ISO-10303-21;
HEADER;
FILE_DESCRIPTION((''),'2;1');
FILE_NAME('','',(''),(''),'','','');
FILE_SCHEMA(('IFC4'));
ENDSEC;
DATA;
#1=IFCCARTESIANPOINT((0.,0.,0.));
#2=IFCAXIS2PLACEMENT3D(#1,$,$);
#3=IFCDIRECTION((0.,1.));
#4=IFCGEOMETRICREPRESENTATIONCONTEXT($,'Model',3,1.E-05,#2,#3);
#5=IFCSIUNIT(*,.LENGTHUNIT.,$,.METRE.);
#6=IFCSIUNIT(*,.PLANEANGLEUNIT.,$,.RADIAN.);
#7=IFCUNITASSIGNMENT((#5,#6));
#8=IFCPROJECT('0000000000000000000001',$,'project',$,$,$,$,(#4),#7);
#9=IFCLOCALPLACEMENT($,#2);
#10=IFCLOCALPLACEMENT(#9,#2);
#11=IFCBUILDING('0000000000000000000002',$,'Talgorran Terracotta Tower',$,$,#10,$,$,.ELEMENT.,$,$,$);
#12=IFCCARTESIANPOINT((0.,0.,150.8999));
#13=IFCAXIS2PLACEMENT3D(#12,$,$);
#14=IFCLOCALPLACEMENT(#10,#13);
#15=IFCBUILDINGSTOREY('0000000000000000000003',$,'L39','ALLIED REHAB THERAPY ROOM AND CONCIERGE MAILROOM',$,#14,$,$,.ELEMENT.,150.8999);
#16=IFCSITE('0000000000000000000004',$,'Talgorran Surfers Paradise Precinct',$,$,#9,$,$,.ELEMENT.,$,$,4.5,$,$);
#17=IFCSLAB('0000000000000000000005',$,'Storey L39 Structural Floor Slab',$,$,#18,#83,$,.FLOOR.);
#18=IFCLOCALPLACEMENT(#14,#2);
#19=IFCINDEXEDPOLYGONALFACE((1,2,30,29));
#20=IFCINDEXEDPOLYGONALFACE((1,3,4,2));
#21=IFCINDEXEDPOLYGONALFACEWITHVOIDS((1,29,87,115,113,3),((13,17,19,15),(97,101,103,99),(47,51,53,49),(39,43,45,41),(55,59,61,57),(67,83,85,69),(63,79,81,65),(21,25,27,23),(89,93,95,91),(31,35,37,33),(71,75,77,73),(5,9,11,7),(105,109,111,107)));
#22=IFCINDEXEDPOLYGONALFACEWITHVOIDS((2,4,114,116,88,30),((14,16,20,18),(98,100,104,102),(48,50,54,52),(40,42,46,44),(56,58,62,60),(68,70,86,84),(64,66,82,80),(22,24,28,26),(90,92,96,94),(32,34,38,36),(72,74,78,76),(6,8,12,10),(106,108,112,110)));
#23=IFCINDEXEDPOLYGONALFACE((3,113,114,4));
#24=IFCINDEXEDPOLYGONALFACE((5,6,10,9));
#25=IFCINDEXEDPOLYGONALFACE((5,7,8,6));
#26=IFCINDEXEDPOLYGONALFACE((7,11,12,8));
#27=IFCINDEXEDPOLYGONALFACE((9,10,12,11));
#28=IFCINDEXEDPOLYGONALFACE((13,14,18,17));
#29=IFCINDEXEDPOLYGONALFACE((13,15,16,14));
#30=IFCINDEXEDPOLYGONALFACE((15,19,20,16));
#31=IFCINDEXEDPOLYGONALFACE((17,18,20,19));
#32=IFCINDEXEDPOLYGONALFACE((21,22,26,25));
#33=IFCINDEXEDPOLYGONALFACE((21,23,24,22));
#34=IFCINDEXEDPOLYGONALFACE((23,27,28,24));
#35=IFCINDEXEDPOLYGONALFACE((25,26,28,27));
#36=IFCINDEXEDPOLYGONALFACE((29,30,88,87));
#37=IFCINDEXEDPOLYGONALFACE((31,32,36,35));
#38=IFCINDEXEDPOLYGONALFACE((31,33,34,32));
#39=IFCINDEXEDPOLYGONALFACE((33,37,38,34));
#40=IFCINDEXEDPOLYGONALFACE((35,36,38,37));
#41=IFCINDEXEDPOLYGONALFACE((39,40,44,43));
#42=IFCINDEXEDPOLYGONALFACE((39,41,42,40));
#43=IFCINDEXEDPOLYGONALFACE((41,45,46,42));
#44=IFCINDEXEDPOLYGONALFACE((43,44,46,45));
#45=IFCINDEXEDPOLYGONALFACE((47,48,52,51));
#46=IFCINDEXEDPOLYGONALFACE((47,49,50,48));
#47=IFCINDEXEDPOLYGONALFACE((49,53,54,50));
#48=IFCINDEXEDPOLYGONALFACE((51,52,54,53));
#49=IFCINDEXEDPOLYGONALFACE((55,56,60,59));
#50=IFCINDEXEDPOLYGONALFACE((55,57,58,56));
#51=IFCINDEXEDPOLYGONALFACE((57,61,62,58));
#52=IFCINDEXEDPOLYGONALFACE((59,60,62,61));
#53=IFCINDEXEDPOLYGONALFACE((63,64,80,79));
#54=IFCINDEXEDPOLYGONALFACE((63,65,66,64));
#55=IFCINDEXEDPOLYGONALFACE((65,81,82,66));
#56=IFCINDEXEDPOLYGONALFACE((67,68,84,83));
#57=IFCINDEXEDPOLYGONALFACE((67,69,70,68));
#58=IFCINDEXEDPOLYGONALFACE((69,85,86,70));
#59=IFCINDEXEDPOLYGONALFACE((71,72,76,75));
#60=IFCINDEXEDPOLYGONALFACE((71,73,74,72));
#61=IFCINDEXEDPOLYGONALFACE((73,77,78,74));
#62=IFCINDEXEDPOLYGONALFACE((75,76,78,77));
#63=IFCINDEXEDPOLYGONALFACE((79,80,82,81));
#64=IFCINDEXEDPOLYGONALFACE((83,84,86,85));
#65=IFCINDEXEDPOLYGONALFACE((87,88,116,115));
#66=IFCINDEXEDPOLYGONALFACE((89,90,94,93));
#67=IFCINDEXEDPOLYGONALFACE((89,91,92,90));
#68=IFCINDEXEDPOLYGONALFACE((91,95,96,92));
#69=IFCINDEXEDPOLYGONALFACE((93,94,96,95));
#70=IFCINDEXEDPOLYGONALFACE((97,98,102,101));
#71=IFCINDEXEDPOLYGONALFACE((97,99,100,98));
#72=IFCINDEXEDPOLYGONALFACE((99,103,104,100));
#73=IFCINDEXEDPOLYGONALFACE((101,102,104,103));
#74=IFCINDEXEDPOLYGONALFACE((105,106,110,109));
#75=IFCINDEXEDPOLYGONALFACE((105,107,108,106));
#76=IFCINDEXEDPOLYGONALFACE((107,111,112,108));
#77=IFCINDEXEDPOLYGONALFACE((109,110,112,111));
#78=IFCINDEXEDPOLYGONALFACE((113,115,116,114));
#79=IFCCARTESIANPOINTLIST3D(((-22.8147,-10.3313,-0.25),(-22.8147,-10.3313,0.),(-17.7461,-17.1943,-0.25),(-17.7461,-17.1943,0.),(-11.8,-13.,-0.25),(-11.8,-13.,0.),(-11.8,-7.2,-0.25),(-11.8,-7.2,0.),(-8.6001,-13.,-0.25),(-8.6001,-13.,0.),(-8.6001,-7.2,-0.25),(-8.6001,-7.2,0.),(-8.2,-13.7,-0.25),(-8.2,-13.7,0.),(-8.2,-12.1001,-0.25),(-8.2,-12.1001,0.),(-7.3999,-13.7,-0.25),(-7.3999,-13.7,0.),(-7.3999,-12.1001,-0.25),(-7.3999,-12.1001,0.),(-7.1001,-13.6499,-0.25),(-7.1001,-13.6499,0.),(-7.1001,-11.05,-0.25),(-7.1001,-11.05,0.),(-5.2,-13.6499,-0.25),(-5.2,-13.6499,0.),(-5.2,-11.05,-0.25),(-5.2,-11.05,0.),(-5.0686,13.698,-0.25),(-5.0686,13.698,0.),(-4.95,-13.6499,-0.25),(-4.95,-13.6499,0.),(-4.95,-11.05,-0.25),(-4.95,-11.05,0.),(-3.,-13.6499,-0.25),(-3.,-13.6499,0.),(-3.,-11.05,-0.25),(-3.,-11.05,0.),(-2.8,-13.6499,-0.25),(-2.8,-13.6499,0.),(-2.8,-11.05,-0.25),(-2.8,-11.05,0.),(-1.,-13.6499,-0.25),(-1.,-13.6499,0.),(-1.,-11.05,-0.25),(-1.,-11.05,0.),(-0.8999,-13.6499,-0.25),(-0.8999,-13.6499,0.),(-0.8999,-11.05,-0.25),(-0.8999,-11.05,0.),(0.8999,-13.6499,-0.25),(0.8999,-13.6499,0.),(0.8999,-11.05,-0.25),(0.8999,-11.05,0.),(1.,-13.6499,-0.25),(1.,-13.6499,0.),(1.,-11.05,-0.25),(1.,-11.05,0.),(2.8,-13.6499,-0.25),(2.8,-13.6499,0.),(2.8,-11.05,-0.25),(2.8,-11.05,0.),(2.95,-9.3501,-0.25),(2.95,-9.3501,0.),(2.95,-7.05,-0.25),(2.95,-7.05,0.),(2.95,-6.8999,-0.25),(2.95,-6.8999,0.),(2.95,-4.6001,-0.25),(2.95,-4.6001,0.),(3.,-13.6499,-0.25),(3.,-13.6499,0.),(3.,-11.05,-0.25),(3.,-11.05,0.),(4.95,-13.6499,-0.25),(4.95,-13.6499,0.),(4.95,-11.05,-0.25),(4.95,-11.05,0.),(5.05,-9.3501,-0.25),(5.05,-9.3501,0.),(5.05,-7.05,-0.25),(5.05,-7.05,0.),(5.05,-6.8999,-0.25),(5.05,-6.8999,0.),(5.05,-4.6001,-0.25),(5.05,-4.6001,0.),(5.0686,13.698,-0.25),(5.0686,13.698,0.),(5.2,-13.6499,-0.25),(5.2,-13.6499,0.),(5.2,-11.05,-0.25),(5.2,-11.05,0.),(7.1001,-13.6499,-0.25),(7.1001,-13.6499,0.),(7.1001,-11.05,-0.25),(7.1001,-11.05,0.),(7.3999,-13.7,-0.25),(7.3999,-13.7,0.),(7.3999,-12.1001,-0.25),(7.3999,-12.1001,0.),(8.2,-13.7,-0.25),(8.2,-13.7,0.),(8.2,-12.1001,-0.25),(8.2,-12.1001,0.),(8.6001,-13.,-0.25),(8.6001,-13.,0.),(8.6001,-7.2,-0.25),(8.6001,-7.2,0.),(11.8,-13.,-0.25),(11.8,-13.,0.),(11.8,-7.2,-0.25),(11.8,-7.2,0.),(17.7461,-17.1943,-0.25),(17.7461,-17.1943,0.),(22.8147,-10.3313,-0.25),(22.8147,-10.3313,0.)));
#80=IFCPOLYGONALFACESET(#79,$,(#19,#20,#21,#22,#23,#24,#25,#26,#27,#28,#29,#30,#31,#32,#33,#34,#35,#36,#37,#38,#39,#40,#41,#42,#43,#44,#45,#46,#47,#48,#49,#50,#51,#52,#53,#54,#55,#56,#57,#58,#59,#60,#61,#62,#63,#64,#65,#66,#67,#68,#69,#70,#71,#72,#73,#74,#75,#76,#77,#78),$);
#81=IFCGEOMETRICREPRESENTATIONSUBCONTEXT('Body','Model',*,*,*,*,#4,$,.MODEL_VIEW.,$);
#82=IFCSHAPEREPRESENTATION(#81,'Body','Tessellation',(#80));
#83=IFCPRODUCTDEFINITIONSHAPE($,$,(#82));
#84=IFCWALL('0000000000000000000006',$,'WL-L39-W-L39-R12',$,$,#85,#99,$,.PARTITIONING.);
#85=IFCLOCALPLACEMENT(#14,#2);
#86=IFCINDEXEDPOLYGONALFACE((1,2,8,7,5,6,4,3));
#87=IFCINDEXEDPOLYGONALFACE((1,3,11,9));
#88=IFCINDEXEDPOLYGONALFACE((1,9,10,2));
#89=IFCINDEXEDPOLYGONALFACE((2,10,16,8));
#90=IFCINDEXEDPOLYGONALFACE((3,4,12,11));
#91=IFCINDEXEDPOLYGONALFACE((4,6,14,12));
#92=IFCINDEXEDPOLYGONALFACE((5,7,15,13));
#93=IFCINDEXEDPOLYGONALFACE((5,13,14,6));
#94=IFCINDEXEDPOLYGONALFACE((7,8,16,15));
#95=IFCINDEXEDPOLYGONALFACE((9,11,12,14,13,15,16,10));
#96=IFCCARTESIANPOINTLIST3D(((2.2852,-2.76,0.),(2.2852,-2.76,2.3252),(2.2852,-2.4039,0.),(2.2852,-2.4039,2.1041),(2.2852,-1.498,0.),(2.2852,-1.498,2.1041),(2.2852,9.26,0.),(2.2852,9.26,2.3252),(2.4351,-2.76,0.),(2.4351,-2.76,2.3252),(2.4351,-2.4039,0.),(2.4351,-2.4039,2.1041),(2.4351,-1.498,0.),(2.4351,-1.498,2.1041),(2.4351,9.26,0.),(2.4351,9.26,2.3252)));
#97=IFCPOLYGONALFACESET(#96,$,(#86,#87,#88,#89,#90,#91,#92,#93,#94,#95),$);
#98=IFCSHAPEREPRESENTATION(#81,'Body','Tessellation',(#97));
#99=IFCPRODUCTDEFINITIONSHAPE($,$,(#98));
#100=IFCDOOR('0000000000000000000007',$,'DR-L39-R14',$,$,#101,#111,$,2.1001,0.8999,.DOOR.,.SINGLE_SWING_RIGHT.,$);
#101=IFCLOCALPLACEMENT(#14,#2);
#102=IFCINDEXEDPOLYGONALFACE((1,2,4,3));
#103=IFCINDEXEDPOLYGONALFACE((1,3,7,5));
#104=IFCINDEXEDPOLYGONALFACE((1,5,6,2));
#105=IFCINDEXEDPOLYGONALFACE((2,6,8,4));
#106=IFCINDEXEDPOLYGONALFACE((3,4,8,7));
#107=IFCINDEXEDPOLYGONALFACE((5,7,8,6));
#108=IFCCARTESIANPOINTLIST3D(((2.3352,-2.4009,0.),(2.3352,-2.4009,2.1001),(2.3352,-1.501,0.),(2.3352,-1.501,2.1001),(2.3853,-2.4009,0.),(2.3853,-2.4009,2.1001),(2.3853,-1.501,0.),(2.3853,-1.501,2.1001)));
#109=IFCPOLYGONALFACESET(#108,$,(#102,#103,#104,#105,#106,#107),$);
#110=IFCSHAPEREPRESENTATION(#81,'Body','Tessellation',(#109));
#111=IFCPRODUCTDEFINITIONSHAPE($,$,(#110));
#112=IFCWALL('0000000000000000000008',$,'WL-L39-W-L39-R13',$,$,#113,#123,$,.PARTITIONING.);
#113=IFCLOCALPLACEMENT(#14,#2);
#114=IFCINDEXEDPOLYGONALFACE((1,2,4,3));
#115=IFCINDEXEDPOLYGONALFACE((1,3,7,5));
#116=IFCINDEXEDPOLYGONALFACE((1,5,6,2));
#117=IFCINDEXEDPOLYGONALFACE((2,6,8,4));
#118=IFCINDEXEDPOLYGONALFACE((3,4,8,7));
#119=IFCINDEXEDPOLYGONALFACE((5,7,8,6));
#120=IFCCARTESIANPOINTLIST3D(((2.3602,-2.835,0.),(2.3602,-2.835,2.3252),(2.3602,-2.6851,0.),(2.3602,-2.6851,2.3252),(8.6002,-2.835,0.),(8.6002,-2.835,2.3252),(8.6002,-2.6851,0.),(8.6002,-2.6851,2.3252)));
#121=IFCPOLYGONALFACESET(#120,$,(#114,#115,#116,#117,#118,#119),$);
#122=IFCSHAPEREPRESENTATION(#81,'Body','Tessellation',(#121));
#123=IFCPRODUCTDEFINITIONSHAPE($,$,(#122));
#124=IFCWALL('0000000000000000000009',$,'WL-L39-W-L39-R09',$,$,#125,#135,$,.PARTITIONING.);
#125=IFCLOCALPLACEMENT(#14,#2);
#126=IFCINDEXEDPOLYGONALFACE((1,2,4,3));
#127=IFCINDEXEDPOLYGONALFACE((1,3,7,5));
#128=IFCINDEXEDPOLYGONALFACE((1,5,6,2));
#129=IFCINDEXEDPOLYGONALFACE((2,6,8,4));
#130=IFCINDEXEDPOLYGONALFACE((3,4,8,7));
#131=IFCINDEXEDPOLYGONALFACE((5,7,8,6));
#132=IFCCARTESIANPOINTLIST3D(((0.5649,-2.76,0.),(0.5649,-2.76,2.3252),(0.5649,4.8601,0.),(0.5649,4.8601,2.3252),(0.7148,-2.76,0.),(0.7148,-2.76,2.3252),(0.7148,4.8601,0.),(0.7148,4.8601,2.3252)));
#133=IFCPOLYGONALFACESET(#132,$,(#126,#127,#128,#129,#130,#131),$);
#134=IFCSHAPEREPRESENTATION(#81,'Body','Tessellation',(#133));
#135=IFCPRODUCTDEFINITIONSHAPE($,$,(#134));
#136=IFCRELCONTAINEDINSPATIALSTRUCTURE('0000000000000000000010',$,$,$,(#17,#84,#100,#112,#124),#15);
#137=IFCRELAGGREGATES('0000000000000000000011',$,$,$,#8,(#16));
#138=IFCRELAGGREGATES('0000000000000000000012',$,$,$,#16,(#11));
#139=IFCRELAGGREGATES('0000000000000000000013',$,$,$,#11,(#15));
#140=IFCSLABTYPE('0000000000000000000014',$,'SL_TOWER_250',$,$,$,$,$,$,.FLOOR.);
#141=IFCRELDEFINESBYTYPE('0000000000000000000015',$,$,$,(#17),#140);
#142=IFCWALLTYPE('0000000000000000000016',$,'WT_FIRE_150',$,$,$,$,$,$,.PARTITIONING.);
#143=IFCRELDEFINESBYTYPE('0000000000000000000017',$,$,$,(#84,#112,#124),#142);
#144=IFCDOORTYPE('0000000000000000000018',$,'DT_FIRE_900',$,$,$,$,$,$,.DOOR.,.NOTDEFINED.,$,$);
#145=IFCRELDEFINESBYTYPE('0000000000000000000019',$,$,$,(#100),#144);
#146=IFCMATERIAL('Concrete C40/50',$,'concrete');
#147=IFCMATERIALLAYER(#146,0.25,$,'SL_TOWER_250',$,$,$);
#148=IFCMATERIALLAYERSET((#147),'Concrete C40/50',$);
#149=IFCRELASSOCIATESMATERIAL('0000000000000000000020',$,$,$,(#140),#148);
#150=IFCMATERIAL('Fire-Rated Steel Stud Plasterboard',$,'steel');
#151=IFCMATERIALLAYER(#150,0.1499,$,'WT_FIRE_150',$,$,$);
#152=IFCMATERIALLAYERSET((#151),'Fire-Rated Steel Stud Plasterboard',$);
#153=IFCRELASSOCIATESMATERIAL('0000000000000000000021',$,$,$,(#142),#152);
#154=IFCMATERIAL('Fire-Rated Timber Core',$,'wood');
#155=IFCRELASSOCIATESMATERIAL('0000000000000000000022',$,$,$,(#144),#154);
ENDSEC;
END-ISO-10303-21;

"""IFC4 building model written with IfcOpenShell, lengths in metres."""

from ifc_helpers import new_model, si_unit, direction, frame, frame_2d, origin, place, context, subcontext, project, spatial, polyline, rectangle, outline, extrude, material, layer, layer_set, type_object, element, fill, save


model = new_model("IFC4")

# Units and contexts
model_context = context("Model", 3, precision=1e-05, world=origin(), true_north=direction((0.0, 1.0)))
body_context = subcontext(model_context, "Body", "Model", "MODEL_VIEW")
ifc_project = project(units=[si_unit("LENGTHUNIT", "METRE"), si_unit("PLANEANGLEUNIT", "RADIAN")], contexts=[model_context])

# Site, building, storey
site_placement = place(None, origin())
site = spatial("IfcSite", under=ifc_project, at=site_placement, Name="Talgorran Surfers Paradise Precinct", CompositionType="ELEMENT", RefElevation=4.5)
building_placement = place(site_placement, origin())
building = spatial("IfcBuilding", under=site, at=building_placement, Name="Talgorran Terracotta Tower", CompositionType="ELEMENT")
storey_placement = place(building_placement, frame((0.0, 0.0, 150.8999)))
storey = spatial("IfcBuildingStorey", under=building, at=storey_placement, Name="L39", Description="ALLIED REHAB THERAPY ROOM AND CONCIERGE MAILROOM", CompositionType="ELEMENT", Elevation=150.8999)

# Shared definitions
ifc_material_1 = material(Name="Concrete C40/50", Category="concrete")

# Slab
ifc_layer_1 = layer(ifc_material_1, 0.25, Name="SL_TOWER_250")
ifc_layer_set_1 = layer_set([ifc_layer_1], Name="Concrete C40/50")
slab_type_1 = type_object("IfcSlabType", Name="SL_TOWER_250", PredefinedType="FLOOR", material=ifc_layer_set_1)
slab_1_placement = place(storey_placement, frame((0.0, 0.0, -0.25)))
element("IfcSlab", 1, at=slab_1_placement, inside=storey, type_object=slab_type_1, Name="Storey L39 Structural Floor Slab", PredefinedType="FLOOR", context=body_context, shape_type="SweptSolid", body=[
    extrude(outline(polyline([(-22.8147, -10.3313), (-17.7461, -17.1943), (17.7461, -17.1943), (22.8147, -10.3313), (5.0686, 13.698), (-5.0686, 13.698), (-22.8147, -10.3313)]), holes=[polyline([(-11.8, -7.2), (-11.8, -13.0), (-8.6001, -13.0), (-8.6001, -7.2), (-11.8, -7.2)]), polyline([(8.6001, -7.2), (8.6001, -13.0), (11.8, -13.0), (11.8, -7.2), (8.6001, -7.2)]), polyline([(-7.1001, -13.6499), (-5.2, -13.6499), (-5.2, -11.05), (-7.1001, -11.05), (-7.1001, -13.6499)]), polyline([(5.2, -13.6499), (7.1001, -13.6499), (7.1001, -11.05), (5.2, -11.05), (5.2, -13.6499)]), polyline([(3.0, -13.6499), (4.95, -13.6499), (4.95, -11.05), (3.0, -11.05), (3.0, -13.6499)]), polyline([(-4.95, -13.6499), (-3.0, -13.6499), (-3.0, -11.05), (-4.95, -11.05), (-4.95, -13.6499)]), polyline([(2.95, -9.3501), (5.05, -9.3501), (5.05, -7.05), (2.95, -7.05), (2.95, -9.3501)]), polyline([(2.95, -6.8999), (5.05, -6.8999), (5.05, -4.6001), (2.95, -4.6001), (2.95, -6.8999)]), polyline([(-2.8, -13.6499), (-1.0, -13.6499), (-1.0, -11.05), (-2.8, -11.05), (-2.8, -13.6499)]), polyline([(-0.8999, -13.6499), (0.8999, -13.6499), (0.8999, -11.05), (-0.8999, -11.05), (-0.8999, -13.6499)]), polyline([(1.0, -13.6499), (2.8, -13.6499), (2.8, -11.05), (1.0, -11.05), (1.0, -13.6499)]), polyline([(-8.2, -13.7), (-7.3999, -13.7), (-7.3999, -12.1001), (-8.2, -12.1001), (-8.2, -13.7)]), polyline([(7.3999, -13.7), (8.2, -13.7), (8.2, -12.1001), (7.3999, -12.1001), (7.3999, -13.7)])]), origin(), (0.0, 0.0, 1.0), 0.25),
])

# Wall, opening, door
ifc_material_2 = material(Name="Fire-Rated Steel Stud Plasterboard", Category="steel")
ifc_layer_2 = layer(ifc_material_2, 0.1499, Name="WT_FIRE_150")
ifc_layer_set_2 = layer_set([ifc_layer_2], Name="Fire-Rated Steel Stud Plasterboard")
wall_type = type_object("IfcWallType", Name="WT_FIRE_150", PredefinedType="PARTITIONING", material=ifc_layer_set_2)
wall_1_placement = place(storey_placement, frame((2.3601, -2.76, 0.0), z_axis=(0.0, 0.0, 1.0), x_axis=(0.0, 1.0, 0.0)))
wall_1 = element("IfcWall", 2, at=wall_1_placement, inside=storey, type_object=wall_type, Name="WL-L39-W-L39-R12", PredefinedType="PARTITIONING", context=body_context, shape_type="SweptSolid", body=[
    extrude(rectangle(XDim=12.02, YDim=0.1499, at=frame_2d((6.01, 0.0))), origin(), (0.0, 0.0, 1.0), 2.3252),
])
opening_placement = place(wall_1_placement, frame((0.3591, 0.0, 0.0)))
opening = element("IfcOpeningElement", 3, at=opening_placement, cuts=wall_1, PredefinedType="OPENING", context=body_context, shape_type="SweptSolid", body=[
    extrude(rectangle(XDim=0.9059, YDim=2.1041, at=frame_2d((0.45, 1.052))), frame((0.0, 0.085, 0.0), z_axis=(0.0, -1.0, 0.0), x_axis=(1.0, 0.0, 0.0)), (0.0, 0.0, 1.0), 0.1699),
])
ifc_material_3 = material(Name="Fire-Rated Timber Core", Category="wood")
door_type = type_object("IfcDoorType", Name="DT_FIRE_900", OperationType="NOTDEFINED", PredefinedType="DOOR", material=ifc_material_3)
door_placement = place(opening_placement, origin())
door = element("IfcDoor", 4, at=door_placement, inside=storey, type_object=door_type, Name="DR-L39-R14", OperationType="SINGLE_SWING_RIGHT", OverallHeight=2.1001, OverallWidth=0.8999, PredefinedType="DOOR", context=body_context, shape_type="SweptSolid", body=[
    extrude(rectangle(XDim=0.8999, YDim=2.1001, at=frame_2d((0.45, 1.05))), frame((0.0, 0.0249, 0.0), z_axis=(0.0, -1.0, 0.0), x_axis=(1.0, 0.0, 0.0)), (0.0, 0.0, 1.0), 0.05),
])
fill(opening, door)

# Walls
wall_2_placement = place(storey_placement, frame((2.3601, -2.76, 0.0), z_axis=(0.0, 0.0, 1.0), x_axis=(1.0, 0.0, 0.0)))
element("IfcWall", 5, at=wall_2_placement, inside=storey, type_object=wall_type, Name="WL-L39-W-L39-R13", PredefinedType="PARTITIONING", context=body_context, shape_type="SweptSolid", body=[
    extrude(rectangle(XDim=6.24, YDim=0.1499, at=frame_2d((3.1201, 0.0))), origin(), (0.0, 0.0, 1.0), 2.3252),
])
wall_3_placement = place(storey_placement, frame((0.6399, -2.76, 0.0), z_axis=(0.0, 0.0, 1.0), x_axis=(0.0, 1.0, 0.0)))
element("IfcWall", 6, at=wall_3_placement, inside=storey, type_object=wall_type, Name="WL-L39-W-L39-R09", PredefinedType="PARTITIONING", context=body_context, shape_type="SweptSolid", body=[
    extrude(rectangle(XDim=7.6201, YDim=0.1499, at=frame_2d((3.8101, 0.0))), origin(), (0.0, 0.0, 1.0), 2.3252),
])

save(model, "model.ifc")
